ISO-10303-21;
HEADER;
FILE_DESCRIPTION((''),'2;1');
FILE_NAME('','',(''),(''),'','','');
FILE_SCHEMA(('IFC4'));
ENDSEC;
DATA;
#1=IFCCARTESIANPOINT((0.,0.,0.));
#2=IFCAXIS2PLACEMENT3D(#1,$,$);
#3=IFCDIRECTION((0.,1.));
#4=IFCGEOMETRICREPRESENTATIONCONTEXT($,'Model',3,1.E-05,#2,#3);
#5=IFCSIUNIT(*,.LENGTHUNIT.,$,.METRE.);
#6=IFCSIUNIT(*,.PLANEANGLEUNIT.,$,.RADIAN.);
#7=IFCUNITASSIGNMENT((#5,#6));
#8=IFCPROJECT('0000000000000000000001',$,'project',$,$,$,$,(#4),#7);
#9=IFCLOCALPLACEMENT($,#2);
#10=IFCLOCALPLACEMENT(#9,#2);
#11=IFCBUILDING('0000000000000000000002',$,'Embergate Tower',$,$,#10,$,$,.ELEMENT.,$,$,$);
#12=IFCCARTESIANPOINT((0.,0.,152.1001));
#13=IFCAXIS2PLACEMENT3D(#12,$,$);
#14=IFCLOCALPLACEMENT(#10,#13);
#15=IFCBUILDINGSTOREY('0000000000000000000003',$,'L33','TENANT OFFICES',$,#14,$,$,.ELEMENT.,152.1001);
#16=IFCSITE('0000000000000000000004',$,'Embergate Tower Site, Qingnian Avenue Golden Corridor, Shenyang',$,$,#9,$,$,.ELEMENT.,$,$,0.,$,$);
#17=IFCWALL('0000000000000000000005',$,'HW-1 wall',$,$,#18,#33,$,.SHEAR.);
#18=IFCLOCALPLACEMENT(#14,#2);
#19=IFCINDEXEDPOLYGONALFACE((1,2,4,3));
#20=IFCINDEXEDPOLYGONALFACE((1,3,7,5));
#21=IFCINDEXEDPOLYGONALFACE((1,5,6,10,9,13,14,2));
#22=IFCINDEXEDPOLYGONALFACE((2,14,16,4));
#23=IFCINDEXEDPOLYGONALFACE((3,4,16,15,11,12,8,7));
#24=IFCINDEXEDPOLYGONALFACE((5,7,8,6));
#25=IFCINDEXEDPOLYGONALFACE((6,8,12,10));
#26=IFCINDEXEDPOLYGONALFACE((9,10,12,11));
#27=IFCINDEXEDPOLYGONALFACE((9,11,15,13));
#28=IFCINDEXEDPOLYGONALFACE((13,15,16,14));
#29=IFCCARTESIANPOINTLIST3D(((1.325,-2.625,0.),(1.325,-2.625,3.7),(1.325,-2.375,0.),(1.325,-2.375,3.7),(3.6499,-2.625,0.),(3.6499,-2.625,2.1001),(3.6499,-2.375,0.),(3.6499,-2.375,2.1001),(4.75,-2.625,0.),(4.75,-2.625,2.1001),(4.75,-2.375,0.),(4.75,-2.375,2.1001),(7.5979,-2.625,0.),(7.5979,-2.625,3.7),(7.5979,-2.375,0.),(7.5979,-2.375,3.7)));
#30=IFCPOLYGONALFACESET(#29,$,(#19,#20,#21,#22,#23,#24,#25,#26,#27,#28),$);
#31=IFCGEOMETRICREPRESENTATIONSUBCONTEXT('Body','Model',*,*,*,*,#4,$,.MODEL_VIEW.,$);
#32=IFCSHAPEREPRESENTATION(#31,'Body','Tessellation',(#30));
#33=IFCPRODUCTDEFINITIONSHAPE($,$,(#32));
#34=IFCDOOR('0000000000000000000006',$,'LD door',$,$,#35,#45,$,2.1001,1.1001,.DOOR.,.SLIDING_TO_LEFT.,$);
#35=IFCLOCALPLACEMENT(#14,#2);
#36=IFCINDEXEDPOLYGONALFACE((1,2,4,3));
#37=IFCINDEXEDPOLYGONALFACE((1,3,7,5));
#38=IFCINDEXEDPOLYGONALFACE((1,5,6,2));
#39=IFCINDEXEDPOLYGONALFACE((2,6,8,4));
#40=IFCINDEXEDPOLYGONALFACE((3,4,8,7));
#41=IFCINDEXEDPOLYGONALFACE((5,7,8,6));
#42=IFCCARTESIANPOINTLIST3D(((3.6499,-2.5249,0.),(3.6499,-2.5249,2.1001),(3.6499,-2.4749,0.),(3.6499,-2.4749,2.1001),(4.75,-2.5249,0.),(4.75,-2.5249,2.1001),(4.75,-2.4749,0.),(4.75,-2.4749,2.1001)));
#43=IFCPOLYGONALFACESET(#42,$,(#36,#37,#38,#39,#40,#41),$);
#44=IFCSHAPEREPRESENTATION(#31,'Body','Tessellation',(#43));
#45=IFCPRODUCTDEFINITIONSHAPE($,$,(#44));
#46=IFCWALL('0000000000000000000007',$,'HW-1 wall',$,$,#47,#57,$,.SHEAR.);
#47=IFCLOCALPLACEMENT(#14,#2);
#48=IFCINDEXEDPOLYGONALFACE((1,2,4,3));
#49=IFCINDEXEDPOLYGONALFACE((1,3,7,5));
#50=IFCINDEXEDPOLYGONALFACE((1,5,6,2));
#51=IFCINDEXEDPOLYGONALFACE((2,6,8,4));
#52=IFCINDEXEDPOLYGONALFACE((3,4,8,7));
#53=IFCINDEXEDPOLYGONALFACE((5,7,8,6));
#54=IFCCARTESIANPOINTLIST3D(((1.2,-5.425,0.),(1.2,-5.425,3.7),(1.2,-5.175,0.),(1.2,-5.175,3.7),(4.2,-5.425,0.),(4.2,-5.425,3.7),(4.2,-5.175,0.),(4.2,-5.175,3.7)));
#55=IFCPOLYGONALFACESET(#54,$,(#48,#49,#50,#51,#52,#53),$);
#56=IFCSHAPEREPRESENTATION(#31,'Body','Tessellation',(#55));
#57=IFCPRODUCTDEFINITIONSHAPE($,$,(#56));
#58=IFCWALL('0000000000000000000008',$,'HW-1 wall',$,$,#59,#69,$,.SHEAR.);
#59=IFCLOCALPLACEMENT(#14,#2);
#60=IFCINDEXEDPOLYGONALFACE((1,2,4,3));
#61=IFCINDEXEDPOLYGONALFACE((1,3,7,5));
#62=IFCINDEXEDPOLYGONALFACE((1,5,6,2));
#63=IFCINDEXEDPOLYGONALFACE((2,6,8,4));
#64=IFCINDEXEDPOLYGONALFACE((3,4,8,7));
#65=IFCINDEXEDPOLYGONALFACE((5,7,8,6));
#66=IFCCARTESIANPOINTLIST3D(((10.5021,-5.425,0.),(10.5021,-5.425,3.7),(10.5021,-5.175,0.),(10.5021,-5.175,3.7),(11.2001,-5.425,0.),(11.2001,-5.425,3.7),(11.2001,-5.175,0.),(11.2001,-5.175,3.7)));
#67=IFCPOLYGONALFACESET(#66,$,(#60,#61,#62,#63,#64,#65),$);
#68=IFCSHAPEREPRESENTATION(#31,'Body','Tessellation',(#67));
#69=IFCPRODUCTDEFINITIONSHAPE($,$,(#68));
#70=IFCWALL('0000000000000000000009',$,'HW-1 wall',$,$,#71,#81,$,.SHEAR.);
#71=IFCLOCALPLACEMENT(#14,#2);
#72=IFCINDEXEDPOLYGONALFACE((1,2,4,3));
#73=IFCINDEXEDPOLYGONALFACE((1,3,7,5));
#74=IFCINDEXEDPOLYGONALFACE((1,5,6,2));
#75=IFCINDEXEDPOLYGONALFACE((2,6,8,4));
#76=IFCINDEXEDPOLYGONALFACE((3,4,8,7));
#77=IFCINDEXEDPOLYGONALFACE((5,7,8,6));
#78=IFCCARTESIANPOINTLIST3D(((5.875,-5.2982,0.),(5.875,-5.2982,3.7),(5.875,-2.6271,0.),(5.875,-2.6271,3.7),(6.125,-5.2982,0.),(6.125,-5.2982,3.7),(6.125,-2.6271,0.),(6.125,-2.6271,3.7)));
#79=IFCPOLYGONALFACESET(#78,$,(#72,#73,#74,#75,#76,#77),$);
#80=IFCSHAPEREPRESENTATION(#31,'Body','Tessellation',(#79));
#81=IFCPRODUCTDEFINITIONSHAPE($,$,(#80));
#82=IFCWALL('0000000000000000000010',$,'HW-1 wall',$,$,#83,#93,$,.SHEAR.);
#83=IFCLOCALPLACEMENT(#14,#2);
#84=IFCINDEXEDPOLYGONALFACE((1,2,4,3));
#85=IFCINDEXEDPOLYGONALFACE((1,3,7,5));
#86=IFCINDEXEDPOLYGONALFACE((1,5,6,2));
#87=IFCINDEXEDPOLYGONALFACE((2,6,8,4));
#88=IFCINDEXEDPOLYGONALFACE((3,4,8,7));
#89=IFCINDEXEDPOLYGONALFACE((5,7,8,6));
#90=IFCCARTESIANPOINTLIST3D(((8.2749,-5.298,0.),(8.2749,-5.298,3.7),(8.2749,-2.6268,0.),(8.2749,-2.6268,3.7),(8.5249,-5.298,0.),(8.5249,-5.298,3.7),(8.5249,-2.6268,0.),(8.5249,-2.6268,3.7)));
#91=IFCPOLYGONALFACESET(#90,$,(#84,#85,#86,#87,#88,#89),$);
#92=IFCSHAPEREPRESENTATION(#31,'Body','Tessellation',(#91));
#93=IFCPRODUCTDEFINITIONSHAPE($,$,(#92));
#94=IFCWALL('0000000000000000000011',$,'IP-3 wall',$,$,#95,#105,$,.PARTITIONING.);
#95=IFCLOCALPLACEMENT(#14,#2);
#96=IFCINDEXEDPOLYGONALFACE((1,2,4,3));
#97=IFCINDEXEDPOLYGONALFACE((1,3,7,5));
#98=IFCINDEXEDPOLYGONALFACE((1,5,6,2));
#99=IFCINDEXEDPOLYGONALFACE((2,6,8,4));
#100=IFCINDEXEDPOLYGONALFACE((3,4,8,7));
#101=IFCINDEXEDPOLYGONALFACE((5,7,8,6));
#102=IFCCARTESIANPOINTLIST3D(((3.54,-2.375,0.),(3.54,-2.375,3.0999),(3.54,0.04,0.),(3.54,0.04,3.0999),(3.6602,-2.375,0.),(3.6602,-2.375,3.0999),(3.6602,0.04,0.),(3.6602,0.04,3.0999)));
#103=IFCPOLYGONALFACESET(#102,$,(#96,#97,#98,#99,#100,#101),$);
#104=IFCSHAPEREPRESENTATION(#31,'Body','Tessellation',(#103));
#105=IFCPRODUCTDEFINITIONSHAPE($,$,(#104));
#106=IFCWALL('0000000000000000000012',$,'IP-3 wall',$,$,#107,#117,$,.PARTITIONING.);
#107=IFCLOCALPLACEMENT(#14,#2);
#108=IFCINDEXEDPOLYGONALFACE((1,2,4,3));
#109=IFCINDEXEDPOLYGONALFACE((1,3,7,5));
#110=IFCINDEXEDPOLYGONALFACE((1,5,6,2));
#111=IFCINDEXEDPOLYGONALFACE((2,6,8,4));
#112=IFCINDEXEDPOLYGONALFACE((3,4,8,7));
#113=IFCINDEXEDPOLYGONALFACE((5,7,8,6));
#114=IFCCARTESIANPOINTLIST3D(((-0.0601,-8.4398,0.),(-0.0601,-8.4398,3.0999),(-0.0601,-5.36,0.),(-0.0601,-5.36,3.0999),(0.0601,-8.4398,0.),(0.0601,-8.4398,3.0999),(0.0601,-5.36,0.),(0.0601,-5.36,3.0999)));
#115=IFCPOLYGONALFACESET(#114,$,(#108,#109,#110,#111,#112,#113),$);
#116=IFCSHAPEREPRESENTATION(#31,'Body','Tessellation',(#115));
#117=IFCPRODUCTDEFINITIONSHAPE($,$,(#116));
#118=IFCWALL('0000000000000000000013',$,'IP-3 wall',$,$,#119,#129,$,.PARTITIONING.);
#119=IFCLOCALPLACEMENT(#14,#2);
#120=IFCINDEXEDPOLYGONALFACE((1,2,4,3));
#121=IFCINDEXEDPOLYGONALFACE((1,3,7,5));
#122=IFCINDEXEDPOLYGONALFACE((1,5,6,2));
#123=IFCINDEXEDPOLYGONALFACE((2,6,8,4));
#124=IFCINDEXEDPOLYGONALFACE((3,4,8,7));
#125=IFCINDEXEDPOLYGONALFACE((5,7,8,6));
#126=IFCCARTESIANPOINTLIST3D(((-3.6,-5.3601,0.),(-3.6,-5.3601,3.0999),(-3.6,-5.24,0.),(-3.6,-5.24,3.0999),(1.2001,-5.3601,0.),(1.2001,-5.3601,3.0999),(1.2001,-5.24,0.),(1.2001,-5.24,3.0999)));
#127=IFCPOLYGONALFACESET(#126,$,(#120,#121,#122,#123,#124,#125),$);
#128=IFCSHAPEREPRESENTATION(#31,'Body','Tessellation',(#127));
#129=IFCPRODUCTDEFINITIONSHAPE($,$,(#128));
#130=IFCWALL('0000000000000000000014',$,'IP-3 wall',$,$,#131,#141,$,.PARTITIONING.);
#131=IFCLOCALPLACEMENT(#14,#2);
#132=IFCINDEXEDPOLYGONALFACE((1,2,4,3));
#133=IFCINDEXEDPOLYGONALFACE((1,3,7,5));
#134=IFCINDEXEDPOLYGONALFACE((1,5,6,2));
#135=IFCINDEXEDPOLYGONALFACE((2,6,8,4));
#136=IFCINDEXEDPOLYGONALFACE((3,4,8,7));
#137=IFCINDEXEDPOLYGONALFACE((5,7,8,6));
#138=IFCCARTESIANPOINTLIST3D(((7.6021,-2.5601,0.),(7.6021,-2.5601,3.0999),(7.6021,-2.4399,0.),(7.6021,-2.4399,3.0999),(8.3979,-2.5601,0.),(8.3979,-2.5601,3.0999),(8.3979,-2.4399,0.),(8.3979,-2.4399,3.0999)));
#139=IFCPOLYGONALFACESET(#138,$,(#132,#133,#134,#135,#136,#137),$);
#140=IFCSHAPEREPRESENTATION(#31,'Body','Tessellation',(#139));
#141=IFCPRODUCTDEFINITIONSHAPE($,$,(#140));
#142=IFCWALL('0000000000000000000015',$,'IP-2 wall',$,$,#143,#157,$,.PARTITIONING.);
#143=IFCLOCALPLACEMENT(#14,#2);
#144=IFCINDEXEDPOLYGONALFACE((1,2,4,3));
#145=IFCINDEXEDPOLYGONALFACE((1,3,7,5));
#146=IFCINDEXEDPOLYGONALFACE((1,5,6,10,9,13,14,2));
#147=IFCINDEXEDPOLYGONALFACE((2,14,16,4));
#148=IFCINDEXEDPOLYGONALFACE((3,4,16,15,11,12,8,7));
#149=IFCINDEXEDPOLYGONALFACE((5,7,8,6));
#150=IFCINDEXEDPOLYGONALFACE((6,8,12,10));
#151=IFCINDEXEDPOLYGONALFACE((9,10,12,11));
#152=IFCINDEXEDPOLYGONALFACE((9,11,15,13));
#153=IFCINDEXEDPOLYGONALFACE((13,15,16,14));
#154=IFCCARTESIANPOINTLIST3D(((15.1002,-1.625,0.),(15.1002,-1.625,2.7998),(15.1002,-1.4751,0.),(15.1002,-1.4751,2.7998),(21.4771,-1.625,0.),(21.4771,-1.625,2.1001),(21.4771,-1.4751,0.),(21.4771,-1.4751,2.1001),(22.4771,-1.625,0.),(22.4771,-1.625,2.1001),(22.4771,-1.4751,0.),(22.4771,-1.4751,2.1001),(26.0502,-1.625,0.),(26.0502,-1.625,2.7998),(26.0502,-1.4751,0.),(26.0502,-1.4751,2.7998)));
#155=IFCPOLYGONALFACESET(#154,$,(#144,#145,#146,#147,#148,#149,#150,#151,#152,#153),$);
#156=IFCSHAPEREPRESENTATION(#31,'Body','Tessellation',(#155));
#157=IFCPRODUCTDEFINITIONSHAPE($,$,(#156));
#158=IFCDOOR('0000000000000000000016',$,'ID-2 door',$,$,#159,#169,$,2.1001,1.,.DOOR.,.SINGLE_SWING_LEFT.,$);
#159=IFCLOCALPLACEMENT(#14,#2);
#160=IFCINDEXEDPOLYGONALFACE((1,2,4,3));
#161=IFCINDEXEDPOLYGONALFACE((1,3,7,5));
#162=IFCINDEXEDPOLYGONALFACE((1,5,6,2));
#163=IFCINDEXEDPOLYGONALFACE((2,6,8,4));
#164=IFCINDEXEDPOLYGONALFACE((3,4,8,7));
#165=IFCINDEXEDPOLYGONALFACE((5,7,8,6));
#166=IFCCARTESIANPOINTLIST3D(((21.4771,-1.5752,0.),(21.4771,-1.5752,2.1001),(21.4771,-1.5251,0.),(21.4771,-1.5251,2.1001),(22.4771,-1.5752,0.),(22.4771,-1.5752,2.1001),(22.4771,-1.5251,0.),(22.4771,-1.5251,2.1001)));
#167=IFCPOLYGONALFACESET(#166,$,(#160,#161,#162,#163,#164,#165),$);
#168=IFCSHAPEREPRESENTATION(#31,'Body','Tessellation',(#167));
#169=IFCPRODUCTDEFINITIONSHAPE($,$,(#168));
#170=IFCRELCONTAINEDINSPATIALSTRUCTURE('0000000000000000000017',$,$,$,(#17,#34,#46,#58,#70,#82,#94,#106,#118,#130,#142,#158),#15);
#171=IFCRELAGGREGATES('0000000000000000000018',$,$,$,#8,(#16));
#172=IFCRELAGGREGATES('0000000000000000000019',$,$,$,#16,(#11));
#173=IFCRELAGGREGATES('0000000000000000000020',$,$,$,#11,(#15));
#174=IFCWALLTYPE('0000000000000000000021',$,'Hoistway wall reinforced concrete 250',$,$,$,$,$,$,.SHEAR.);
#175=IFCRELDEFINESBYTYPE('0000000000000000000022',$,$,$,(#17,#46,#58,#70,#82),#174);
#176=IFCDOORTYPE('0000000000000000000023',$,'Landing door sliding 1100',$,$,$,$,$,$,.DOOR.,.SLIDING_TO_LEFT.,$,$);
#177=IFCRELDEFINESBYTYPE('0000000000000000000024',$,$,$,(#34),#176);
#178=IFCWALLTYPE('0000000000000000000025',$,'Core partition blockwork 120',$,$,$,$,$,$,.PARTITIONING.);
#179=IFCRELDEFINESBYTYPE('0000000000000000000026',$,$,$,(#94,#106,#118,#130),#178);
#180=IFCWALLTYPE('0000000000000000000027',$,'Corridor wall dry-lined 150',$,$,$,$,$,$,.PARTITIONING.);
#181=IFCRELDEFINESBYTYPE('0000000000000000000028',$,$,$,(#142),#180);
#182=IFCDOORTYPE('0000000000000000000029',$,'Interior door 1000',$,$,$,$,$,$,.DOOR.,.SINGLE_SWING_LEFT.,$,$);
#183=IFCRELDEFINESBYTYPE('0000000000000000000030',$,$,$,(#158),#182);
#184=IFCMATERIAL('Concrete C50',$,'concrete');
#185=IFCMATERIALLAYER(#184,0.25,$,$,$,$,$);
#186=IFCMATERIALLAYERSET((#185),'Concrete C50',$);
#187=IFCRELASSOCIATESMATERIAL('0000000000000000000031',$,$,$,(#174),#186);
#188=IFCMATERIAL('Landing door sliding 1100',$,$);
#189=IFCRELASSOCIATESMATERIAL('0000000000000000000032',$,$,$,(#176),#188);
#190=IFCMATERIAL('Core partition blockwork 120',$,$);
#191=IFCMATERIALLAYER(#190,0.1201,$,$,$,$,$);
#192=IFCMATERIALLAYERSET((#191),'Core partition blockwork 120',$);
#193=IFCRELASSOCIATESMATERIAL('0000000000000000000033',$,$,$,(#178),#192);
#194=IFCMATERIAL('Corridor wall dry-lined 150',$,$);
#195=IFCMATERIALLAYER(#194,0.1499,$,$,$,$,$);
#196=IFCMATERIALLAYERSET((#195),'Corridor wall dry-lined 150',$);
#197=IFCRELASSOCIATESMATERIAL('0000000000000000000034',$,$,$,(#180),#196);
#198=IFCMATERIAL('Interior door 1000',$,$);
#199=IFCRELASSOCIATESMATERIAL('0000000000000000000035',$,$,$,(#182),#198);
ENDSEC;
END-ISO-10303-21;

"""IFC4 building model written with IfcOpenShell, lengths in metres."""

from ifc_helpers import new_model, si_unit, direction, frame, frame_2d, origin, place, context, subcontext, project, spatial, rectangle, extrude, source, transform, mapped, material, layer, layer_set, type_object, element, fill, save


model = new_model("IFC4")

# Units and contexts
model_context = context("Model", 3, precision=1e-05, world=origin(), true_north=direction((0.0, 1.0)))
body_context = subcontext(model_context, "Body", "Model", "MODEL_VIEW")
ifc_project = project(units=[si_unit("LENGTHUNIT", "METRE"), si_unit("PLANEANGLEUNIT", "RADIAN")], contexts=[model_context])

# Site, building, storey
site_placement = place(None, origin())
site = spatial("IfcSite", under=ifc_project, at=site_placement, Name="Embergate Tower Site, Qingnian Avenue Golden Corridor, Shenyang", CompositionType="ELEMENT", RefElevation=0.0)
building_placement = place(site_placement, origin())
building = spatial("IfcBuilding", under=site, at=building_placement, Name="Embergate Tower", CompositionType="ELEMENT")
storey_placement = place(building_placement, frame((0.0, 0.0, 152.1001)))
storey = spatial("IfcBuildingStorey", under=building, at=storey_placement, Name="L33", Description="TENANT OFFICES", CompositionType="ELEMENT", Elevation=152.1001)

# Shared definitions
ifc_material_1 = material(Name="Concrete C50", Category="concrete")
ifc_layer_1 = layer(ifc_material_1, 0.25)
ifc_layer_set_1 = layer_set([ifc_layer_1], Name="Concrete C50")
wall_type_1 = type_object("IfcWallType", Name="Hoistway wall reinforced concrete 250", PredefinedType="SHEAR", material=ifc_layer_set_1)

# Wall, opening, door
shared_shape_1 = source(origin(), body_context, "Body", "SweptSolid", [
    extrude(rectangle(XDim=1.1001, YDim=2.1001, at=frame_2d((0.55, 1.05))), frame((0.0, 0.135, 0.0), z_axis=(0.0, -1.0, 0.0), x_axis=(1.0, 0.0, 0.0)), (0.0, 0.0, 1.0), 0.27),
])
ifc_material_2 = material(Name="Landing door sliding 1100")
door_type_1 = type_object("IfcDoorType", Name="Landing door sliding 1100", OperationType="SLIDING_TO_LEFT", PredefinedType="DOOR", material=ifc_material_2)
shared_shape_2 = source(origin(), body_context, "Body", "SweptSolid", [
    extrude(rectangle(XDim=1.1001, YDim=2.1001, at=frame_2d((0.55, 1.05))), frame((0.0, 0.0249, 0.0), z_axis=(0.0, -1.0, 0.0), x_axis=(1.0, 0.0, 0.0)), (0.0, 0.0, 1.0), 0.05),
])
shared_shape_3 = source(origin(), body_context, "Body", "SweptSolid", [
    extrude(rectangle(XDim=6.2729, YDim=0.25, at=frame_2d((3.1365, 0.0))), origin(), (0.0, 0.0, 1.0), 3.7),
])
wall_1_placement = place(storey_placement, frame((7.5979, -2.5, 0.0), z_axis=(0.0, 0.0, 1.0), x_axis=(-1.0, 0.0, 0.0)))
wall_1 = element("IfcWall", 1, at=wall_1_placement, inside=storey, type_object=wall_type_1, Name="HW-1 wall", PredefinedType="SHEAR", context=body_context, shape_type="MappedRepresentation", body=[
    mapped(shared_shape_3, transform((0.0, 0.0, 0.0))),
])
opening_1_placement = place(wall_1_placement, frame((2.8479, 0.0, 0.0)))
opening_1 = element("IfcOpeningElement", 2, at=opening_1_placement, cuts=wall_1, PredefinedType="OPENING", context=body_context, shape_type="MappedRepresentation", body=[
    mapped(shared_shape_1, transform((0.0, 0.0, 0.0))),
])
door_1_placement = place(opening_1_placement, origin())
door_1 = element("IfcDoor", 3, at=door_1_placement, inside=storey, type_object=door_type_1, Name="LD door", OperationType="SLIDING_TO_LEFT", OverallHeight=2.1001, OverallWidth=1.1001, PredefinedType="DOOR", context=body_context, shape_type="MappedRepresentation", body=[
    mapped(shared_shape_2, transform((0.0, 0.0, 0.0))),
])
fill(opening_1, door_1)

# Walls
shared_shape_4 = source(origin(), body_context, "Body", "SweptSolid", [
    extrude(rectangle(XDim=3.0, YDim=0.25, at=frame_2d((1.5, 0.0))), origin(), (0.0, 0.0, 1.0), 3.7),
])
wall_2_placement = place(storey_placement, frame((1.2, -5.3, 0.0), z_axis=(0.0, 0.0, 1.0), x_axis=(1.0, 0.0, 0.0)))
element("IfcWall", 4, at=wall_2_placement, inside=storey, type_object=wall_type_1, Name="HW-1 wall", PredefinedType="SHEAR", context=body_context, shape_type="MappedRepresentation", body=[
    mapped(shared_shape_4, transform((0.0, 0.0, 0.0))),
])
shared_shape_5 = source(origin(), body_context, "Body", "SweptSolid", [
    extrude(rectangle(XDim=0.698, YDim=0.25, at=frame_2d((0.3491, 0.0))), origin(), (0.0, 0.0, 1.0), 3.7),
])
wall_3_placement = place(storey_placement, frame((10.502, -5.3, 0.0), z_axis=(0.0, 0.0, 1.0), x_axis=(1.0, 0.0, 0.0)))
element("IfcWall", 5, at=wall_3_placement, inside=storey, type_object=wall_type_1, Name="HW-1 wall", PredefinedType="SHEAR", context=body_context, shape_type="MappedRepresentation", body=[
    mapped(shared_shape_5, transform((0.0, 0.0, 0.0))),
])
shared_shape_6 = source(origin(), body_context, "Body", "SweptSolid", [
    extrude(rectangle(XDim=2.6711, YDim=0.25, at=frame_2d((1.3354, 0.0))), origin(), (0.0, 0.0, 1.0), 3.7),
])
for number, where, z_axis, x_axis, name in (
    (6, (6.0, -5.2981, 0.0), (0.0, 0.0, 1.0), (0.0, 1.0, 0.0), "HW-1 wall"),
    (7, (8.3999, -2.627, 0.0), (0.0, 0.0, 1.0), (0.0, -1.0, 0.0), "HW-1 wall"),
):
    element("IfcWall", number, at=place(storey_placement, frame(where, z_axis=z_axis, x_axis=x_axis)), inside=storey, type_object=wall_type_1, Name=name, PredefinedType="SHEAR", context=body_context, shape_type="MappedRepresentation", body=[
        mapped(shared_shape_6, transform((0.0, 0.0, 0.0))),
    ])
ifc_material_3 = material(Name="Core partition blockwork 120")
ifc_layer_2 = layer(ifc_material_3, 0.1201)
ifc_layer_set_2 = layer_set([ifc_layer_2], Name="Core partition blockwork 120")
wall_type_2 = type_object("IfcWallType", Name="Core partition blockwork 120", PredefinedType="PARTITIONING", material=ifc_layer_set_2)
shared_shape_7 = source(origin(), body_context, "Body", "SweptSolid", [
    extrude(rectangle(XDim=2.415, YDim=0.1201, at=frame_2d((1.2075, 0.0))), origin(), (0.0, 0.0, 1.0), 3.0999),
])
wall_4_placement = place(storey_placement, frame((3.6001, -2.375, 0.0), z_axis=(0.0, 0.0, 1.0), x_axis=(0.0, 1.0, 0.0)))
element("IfcWall", 8, at=wall_4_placement, inside=storey, type_object=wall_type_2, Name="IP-3 wall", PredefinedType="PARTITIONING", context=body_context, shape_type="MappedRepresentation", body=[
    mapped(shared_shape_7, transform((0.0, 0.0, 0.0))),
])
shared_shape_8 = source(origin(), body_context, "Body", "SweptSolid", [
    extrude(rectangle(XDim=3.0798, YDim=0.1201, at=frame_2d((1.54, 0.0))), origin(), (0.0, 0.0, 1.0), 3.0999),
])
wall_5_placement = place(storey_placement, frame((0.0, -8.4399, 0.0), z_axis=(0.0, 0.0, 1.0), x_axis=(0.0, 1.0, 0.0)))
element("IfcWall", 9, at=wall_5_placement, inside=storey, type_object=wall_type_2, Name="IP-3 wall", PredefinedType="PARTITIONING", context=body_context, shape_type="MappedRepresentation", body=[
    mapped(shared_shape_8, transform((0.0, 0.0, 0.0))),
])
shared_shape_9 = source(origin(), body_context, "Body", "SweptSolid", [
    extrude(rectangle(XDim=4.8, YDim=0.1201, at=frame_2d((2.3999, 0.0))), origin(), (0.0, 0.0, 1.0), 3.0999),
])
wall_6_placement = place(storey_placement, frame((1.2, -5.3, 0.0), z_axis=(0.0, 0.0, 1.0), x_axis=(-1.0, 0.0, 0.0)))
element("IfcWall", 10, at=wall_6_placement, inside=storey, type_object=wall_type_2, Name="IP-3 wall", PredefinedType="PARTITIONING", context=body_context, shape_type="MappedRepresentation", body=[
    mapped(shared_shape_9, transform((0.0, 0.0, 0.0))),
])
shared_shape_10 = source(origin(), body_context, "Body", "SweptSolid", [
    extrude(rectangle(XDim=0.7959, YDim=0.1201, at=frame_2d((0.3979, 0.0))), origin(), (0.0, 0.0, 1.0), 3.0999),
])
wall_7_placement = place(storey_placement, frame((7.6021, -2.5, 0.0), z_axis=(0.0, 0.0, 1.0), x_axis=(1.0, 0.0, 0.0)))
element("IfcWall", 11, at=wall_7_placement, inside=storey, type_object=wall_type_2, Name="IP-3 wall", PredefinedType="PARTITIONING", context=body_context, shape_type="MappedRepresentation", body=[
    mapped(shared_shape_10, transform((0.0, 0.0, 0.0))),
])

# Wall, opening, door
ifc_material_4 = material(Name="Corridor wall dry-lined 150")
ifc_layer_3 = layer(ifc_material_4, 0.1499)
ifc_layer_set_3 = layer_set([ifc_layer_3], Name="Corridor wall dry-lined 150")
wall_type_3 = type_object("IfcWallType", Name="Corridor wall dry-lined 150", PredefinedType="PARTITIONING", material=ifc_layer_set_3)
shared_shape_11 = source(origin(), body_context, "Body", "SweptSolid", [
    extrude(rectangle(XDim=10.95, YDim=0.1499, at=frame_2d((5.4751, 0.0))), origin(), (0.0, 0.0, 1.0), 2.7998),
])
wall_8_placement = place(storey_placement, frame((15.1001, -1.55, 0.0), z_axis=(0.0, 0.0, 1.0), x_axis=(1.0, 0.0, 0.0)))
wall_8 = element("IfcWall", 12, at=wall_8_placement, inside=storey, type_object=wall_type_3, Name="IP-2 wall", PredefinedType="PARTITIONING", context=body_context, shape_type="MappedRepresentation", body=[
    mapped(shared_shape_11, transform((0.0, 0.0, 0.0))),
])
shared_shape_12 = source(origin(), body_context, "Body", "SweptSolid", [
    extrude(rectangle(XDim=1.0, YDim=2.1001, at=frame_2d((0.5, 1.05))), frame((0.0, 0.085, 0.0), z_axis=(0.0, -1.0, 0.0), x_axis=(1.0, 0.0, 0.0)), (0.0, 0.0, 1.0), 0.1699),
])
opening_2_placement = place(wall_8_placement, frame((6.377, 0.0, 0.0)))
opening_2 = element("IfcOpeningElement", 13, at=opening_2_placement, cuts=wall_8, PredefinedType="OPENING", context=body_context, shape_type="MappedRepresentation", body=[
    mapped(shared_shape_12, transform((0.0, 0.0, 0.0))),
])
ifc_material_5 = material(Name="Interior door 1000")
door_type_2 = type_object("IfcDoorType", Name="Interior door 1000", OperationType="SINGLE_SWING_LEFT", PredefinedType="DOOR", material=ifc_material_5)
shared_shape_13 = source(origin(), body_context, "Body", "SweptSolid", [
    extrude(rectangle(XDim=1.0, YDim=2.1001, at=frame_2d((0.5, 1.05))), frame((0.0, 0.0249, 0.0), z_axis=(0.0, -1.0, 0.0), x_axis=(1.0, 0.0, 0.0)), (0.0, 0.0, 1.0), 0.05),
])
door_2_placement = place(opening_2_placement, origin())
door_2 = element("IfcDoor", 14, at=door_2_placement, inside=storey, type_object=door_type_2, Name="ID-2 door", OperationType="SINGLE_SWING_LEFT", OverallHeight=2.1001, OverallWidth=1.0, PredefinedType="DOOR", context=body_context, shape_type="MappedRepresentation", body=[
    mapped(shared_shape_13, transform((0.0, 0.0, 0.0))),
])
fill(opening_2, door_2)

save(model, "model.ifc")
